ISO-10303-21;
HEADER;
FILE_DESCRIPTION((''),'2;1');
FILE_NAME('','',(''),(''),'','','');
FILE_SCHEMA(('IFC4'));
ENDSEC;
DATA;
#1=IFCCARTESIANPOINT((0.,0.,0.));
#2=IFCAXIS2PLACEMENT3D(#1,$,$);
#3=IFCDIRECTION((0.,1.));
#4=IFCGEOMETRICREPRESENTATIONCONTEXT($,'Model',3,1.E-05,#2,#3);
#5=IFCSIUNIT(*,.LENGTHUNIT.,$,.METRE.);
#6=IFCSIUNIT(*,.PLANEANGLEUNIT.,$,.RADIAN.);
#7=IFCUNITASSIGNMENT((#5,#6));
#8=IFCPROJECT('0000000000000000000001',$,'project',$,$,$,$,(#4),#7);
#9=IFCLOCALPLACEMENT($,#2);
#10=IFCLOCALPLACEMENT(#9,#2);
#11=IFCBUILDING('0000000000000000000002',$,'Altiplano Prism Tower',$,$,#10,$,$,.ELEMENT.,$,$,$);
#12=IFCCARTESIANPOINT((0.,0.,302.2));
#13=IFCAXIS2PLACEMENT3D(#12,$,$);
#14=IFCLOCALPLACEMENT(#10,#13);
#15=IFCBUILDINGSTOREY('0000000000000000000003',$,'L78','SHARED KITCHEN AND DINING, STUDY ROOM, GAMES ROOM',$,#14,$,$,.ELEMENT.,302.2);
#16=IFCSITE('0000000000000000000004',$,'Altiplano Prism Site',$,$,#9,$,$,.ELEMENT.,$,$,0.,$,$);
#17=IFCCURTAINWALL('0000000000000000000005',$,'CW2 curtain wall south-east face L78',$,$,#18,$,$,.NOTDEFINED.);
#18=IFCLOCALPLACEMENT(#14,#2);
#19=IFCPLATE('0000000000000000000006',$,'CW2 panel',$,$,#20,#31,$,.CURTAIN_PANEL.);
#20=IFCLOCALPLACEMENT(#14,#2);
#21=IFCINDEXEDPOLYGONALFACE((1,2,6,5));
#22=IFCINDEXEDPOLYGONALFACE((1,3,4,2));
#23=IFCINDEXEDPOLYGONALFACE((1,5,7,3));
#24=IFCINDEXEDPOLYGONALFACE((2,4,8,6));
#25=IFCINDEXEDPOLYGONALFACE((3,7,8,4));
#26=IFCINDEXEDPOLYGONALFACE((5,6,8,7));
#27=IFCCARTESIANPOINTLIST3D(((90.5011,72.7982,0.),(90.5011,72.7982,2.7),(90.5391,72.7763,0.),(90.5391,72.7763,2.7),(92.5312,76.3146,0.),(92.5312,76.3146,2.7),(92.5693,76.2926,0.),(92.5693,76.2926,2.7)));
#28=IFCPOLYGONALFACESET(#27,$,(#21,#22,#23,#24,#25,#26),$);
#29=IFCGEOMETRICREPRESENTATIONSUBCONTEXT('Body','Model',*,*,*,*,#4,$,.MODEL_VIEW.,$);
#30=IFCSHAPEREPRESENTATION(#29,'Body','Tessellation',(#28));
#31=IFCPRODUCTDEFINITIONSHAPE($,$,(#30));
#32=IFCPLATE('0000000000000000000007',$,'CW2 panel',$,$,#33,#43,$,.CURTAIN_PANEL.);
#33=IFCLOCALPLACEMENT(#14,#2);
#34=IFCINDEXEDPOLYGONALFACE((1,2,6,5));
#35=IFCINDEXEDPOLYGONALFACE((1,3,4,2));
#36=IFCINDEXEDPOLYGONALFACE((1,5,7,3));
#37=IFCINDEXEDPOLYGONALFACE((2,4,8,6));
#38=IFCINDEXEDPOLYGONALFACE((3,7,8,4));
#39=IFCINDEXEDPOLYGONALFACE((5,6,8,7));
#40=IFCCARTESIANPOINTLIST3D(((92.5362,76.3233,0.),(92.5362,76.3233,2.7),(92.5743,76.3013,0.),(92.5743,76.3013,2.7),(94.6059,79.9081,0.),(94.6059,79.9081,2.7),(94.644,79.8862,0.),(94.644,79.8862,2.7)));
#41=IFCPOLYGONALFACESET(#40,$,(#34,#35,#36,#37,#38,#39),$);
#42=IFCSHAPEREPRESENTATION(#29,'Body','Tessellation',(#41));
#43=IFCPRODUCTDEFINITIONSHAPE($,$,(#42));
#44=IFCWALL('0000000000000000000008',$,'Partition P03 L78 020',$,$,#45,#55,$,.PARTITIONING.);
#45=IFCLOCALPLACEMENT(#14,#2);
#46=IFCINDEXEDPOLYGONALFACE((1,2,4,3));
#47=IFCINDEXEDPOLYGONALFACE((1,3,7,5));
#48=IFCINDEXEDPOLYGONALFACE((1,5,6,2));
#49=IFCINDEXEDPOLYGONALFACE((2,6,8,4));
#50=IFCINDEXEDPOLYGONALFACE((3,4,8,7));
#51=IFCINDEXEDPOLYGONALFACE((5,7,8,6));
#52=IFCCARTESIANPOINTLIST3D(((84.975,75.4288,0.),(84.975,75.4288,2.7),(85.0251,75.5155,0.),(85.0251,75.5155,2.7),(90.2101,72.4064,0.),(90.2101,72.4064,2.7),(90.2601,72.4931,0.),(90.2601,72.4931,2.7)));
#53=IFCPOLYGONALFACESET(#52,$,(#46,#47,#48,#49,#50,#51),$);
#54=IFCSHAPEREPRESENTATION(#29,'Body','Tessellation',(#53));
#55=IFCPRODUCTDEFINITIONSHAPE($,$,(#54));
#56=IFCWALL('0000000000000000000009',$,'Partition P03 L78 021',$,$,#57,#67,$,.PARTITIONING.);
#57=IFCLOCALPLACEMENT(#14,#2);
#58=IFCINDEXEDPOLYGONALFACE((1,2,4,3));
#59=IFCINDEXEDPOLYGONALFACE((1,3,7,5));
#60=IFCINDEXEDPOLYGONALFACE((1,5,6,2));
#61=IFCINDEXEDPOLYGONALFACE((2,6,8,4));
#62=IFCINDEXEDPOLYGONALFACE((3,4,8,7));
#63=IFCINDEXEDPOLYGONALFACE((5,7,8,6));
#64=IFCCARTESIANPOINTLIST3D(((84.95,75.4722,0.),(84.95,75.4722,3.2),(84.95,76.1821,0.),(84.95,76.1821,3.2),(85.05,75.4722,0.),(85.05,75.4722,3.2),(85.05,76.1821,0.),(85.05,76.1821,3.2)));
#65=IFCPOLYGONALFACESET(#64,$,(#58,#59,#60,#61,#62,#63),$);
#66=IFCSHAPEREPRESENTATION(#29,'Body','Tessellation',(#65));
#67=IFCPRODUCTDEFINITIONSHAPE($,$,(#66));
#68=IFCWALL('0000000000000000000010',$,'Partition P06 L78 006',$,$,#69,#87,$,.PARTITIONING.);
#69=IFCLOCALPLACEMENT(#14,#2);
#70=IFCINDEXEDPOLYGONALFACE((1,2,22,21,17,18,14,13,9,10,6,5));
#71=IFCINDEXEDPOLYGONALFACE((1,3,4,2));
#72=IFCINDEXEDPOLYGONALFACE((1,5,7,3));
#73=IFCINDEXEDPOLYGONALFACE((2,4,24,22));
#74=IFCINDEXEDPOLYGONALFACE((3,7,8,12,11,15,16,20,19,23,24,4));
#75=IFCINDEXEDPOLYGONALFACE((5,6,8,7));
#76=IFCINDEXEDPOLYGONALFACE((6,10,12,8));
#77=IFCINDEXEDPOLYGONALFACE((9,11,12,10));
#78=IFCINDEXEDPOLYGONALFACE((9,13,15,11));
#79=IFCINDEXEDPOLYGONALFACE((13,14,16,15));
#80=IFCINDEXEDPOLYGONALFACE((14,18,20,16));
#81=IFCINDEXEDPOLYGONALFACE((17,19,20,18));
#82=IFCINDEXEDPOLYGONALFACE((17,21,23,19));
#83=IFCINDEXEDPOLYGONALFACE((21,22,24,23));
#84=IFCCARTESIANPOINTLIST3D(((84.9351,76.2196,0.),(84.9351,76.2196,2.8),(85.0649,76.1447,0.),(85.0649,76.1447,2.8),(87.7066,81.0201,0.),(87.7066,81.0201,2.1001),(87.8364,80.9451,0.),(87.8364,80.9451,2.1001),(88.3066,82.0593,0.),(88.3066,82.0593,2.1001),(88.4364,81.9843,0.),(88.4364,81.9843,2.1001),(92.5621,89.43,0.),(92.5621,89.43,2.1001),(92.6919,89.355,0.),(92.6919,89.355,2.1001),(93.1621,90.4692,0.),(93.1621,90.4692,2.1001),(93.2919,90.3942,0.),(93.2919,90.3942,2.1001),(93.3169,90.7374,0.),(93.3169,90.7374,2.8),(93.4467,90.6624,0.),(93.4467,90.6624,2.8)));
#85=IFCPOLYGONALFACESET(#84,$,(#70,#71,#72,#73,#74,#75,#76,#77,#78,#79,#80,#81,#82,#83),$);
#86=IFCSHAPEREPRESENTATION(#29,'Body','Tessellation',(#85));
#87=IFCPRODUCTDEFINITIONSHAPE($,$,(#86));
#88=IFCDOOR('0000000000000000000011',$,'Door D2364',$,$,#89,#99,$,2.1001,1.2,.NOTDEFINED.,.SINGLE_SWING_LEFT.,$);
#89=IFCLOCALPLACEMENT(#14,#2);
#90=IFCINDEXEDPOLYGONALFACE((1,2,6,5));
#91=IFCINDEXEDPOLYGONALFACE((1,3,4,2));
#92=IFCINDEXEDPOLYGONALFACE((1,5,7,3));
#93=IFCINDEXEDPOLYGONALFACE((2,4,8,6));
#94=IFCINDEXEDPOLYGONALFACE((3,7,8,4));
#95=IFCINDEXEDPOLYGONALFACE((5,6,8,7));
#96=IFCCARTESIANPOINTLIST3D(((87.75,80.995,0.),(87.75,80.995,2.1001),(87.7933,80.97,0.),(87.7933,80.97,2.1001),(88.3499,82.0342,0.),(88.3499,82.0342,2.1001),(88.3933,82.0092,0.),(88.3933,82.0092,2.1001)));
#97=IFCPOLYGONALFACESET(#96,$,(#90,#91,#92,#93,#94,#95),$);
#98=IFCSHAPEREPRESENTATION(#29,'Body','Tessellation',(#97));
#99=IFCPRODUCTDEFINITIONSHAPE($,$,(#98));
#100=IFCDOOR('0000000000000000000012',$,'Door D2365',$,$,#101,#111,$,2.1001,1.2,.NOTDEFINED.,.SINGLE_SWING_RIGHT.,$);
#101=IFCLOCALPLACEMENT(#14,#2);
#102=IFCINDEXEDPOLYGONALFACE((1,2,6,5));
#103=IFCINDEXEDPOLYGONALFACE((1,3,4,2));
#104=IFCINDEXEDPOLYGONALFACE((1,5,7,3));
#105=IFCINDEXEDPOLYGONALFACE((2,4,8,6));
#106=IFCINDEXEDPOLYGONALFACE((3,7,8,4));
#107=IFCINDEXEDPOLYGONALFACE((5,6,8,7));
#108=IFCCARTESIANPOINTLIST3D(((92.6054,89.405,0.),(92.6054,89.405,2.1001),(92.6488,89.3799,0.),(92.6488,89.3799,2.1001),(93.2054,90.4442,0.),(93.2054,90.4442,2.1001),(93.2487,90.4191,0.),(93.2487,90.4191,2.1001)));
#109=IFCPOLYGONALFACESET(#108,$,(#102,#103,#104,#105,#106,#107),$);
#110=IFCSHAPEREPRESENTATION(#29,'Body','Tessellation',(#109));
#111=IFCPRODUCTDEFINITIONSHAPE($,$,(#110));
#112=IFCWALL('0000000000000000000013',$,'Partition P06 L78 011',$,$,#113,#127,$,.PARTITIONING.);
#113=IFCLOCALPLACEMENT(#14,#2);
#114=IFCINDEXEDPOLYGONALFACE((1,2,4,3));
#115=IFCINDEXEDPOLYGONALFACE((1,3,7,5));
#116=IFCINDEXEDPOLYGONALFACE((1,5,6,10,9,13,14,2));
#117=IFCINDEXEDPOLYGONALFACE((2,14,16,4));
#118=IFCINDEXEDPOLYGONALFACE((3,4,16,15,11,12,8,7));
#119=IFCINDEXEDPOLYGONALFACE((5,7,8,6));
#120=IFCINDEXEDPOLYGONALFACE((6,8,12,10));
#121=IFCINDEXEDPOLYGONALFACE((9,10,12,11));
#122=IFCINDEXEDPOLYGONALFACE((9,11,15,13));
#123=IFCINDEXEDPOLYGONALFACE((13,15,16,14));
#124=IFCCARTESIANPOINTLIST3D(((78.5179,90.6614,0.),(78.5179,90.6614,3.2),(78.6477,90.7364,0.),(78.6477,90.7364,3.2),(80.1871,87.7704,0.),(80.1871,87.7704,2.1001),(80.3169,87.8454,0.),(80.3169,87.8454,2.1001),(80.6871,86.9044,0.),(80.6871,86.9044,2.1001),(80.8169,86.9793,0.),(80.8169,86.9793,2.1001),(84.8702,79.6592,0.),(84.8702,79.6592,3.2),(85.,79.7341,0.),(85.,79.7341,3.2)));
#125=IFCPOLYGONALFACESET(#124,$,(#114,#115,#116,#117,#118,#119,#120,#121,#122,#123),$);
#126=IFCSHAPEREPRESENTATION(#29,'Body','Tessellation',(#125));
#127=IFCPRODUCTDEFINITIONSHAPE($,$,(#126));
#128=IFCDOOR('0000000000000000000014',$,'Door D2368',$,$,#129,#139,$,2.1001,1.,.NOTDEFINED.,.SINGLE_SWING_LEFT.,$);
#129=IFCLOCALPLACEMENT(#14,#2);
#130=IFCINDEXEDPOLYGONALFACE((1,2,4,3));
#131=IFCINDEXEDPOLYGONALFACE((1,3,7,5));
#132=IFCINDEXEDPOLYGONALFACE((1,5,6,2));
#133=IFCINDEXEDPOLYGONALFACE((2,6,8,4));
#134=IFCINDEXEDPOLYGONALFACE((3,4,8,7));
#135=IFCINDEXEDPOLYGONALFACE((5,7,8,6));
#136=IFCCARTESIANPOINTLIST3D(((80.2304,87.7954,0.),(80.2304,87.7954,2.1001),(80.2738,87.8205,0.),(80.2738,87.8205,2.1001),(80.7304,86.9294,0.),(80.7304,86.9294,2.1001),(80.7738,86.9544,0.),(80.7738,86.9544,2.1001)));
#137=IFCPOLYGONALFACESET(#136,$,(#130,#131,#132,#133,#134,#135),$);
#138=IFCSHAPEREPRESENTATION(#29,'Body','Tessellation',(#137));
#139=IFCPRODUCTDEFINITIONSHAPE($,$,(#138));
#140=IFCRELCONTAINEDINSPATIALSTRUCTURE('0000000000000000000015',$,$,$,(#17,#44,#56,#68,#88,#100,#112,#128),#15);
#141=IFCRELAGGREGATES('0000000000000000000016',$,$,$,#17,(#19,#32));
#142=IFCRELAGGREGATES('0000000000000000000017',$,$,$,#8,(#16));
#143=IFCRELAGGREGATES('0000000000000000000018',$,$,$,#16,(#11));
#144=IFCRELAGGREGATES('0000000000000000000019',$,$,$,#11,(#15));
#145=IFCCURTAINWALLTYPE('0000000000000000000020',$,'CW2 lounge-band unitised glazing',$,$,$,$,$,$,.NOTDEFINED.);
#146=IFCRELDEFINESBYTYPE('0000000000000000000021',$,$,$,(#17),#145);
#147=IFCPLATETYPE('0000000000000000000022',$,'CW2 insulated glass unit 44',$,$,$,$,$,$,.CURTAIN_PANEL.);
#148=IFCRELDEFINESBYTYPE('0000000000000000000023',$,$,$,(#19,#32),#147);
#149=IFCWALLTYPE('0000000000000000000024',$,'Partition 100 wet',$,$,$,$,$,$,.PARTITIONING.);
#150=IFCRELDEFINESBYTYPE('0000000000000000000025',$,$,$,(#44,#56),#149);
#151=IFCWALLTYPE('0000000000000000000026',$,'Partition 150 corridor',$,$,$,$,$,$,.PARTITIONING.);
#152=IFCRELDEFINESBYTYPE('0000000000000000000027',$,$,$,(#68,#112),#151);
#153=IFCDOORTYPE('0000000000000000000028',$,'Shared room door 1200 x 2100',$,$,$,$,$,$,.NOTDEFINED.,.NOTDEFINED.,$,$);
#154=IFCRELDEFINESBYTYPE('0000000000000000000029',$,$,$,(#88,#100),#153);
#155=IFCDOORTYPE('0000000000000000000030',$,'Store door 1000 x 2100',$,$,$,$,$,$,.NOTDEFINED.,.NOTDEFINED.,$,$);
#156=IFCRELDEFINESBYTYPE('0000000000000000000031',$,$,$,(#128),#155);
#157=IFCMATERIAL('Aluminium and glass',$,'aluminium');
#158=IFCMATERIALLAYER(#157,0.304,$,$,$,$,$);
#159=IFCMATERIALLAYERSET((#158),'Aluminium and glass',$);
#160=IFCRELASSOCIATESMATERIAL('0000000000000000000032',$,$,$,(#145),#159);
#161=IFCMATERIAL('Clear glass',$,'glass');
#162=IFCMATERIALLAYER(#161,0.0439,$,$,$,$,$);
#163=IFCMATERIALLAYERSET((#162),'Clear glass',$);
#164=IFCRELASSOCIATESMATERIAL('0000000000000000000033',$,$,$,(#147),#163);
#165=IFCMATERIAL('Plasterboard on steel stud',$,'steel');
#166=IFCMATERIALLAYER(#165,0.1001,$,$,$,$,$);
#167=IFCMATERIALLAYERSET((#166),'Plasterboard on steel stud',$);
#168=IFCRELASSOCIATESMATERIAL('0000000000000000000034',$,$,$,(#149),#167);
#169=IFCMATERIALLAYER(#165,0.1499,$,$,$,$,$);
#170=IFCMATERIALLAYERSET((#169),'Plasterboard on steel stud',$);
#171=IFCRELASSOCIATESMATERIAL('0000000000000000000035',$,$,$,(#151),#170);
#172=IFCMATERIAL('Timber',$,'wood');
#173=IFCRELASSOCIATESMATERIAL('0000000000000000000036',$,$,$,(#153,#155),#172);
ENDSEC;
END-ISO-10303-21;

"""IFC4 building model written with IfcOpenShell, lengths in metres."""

from ifc_helpers import new_model, si_unit, direction, frame, frame_2d, origin, origin_2d, place, context, subcontext, project, spatial, rectangle, extrude, material, layer, layer_set, type_object, element, fill, aggregate, save


model = new_model("IFC4")

# Units and contexts
model_context = context("Model", 3, precision=1e-05, world=origin(), true_north=direction((0.0, 1.0)))
body_context = subcontext(model_context, "Body", "Model", "MODEL_VIEW")
ifc_project = project(units=[si_unit("LENGTHUNIT", "METRE"), si_unit("PLANEANGLEUNIT", "RADIAN")], contexts=[model_context])

# Site, building, storey
site_placement = place(None, origin())
site = spatial("IfcSite", under=ifc_project, at=site_placement, Name="Altiplano Prism Site", CompositionType="ELEMENT", RefElevation=0.0)
building_placement = place(site_placement, origin())
building = spatial("IfcBuilding", under=site, at=building_placement, Name="Altiplano Prism Tower", CompositionType="ELEMENT")
storey_placement = place(building_placement, frame((0.0, 0.0, 302.2)))
storey = spatial("IfcBuildingStorey", under=building, at=storey_placement, Name="L78", Description="SHARED KITCHEN AND DINING, STUDY ROOM, GAMES ROOM", CompositionType="ELEMENT", Elevation=302.2)

# Curtain wall
ifc_material_1 = material(Name="Aluminium and glass", Category="aluminium")
ifc_layer_1 = layer(ifc_material_1, 0.304)
ifc_layer_set_1 = layer_set([ifc_layer_1], Name="Aluminium and glass")
curtain_wall_type = type_object("IfcCurtainWallType", Name="CW2 lounge-band unitised glazing", PredefinedType="NOTDEFINED", material=ifc_layer_set_1)
curtain_wall_1_placement = place(storey_placement, origin())
curtain_wall_1 = element("IfcCurtainWall", 1, at=curtain_wall_1_placement, inside=storey, type_object=curtain_wall_type, Name="CW2 curtain wall south-east face L78", PredefinedType="NOTDEFINED")

# Shared definitions
ifc_material_2 = material(Name="Clear glass", Category="glass")
ifc_layer_2 = layer(ifc_material_2, 0.0439)
ifc_layer_set_2 = layer_set([ifc_layer_2], Name="Clear glass")
plate_type = type_object("IfcPlateType", Name="CW2 insulated glass unit 44", PredefinedType="CURTAIN_PANEL", material=ifc_layer_set_2)

# Plates
plate_1_placement = place(storey_placement, frame((91.5352, 74.5454, 0.0), z_axis=(0.0, 0.0, 1.0), x_axis=(0.5, 0.866025, 0.0)))
plate_1 = element("IfcPlate", 2, at=plate_1_placement, type_object=plate_type, Name="CW2 panel", PredefinedType="CURTAIN_PANEL", context=body_context, shape_type="SweptSolid", body=[
    extrude(rectangle(XDim=4.0603, YDim=0.0439, at=origin_2d()), origin(), (0.0, 0.0, 1.0), 2.7),
])
plate_2_placement = place(storey_placement, frame((93.5901, 78.1047, 0.0), z_axis=(0.0, 0.0, 1.0), x_axis=(0.5, 0.866025, 0.0)))
plate_2 = element("IfcPlate", 3, at=plate_2_placement, type_object=plate_type, Name="CW2 panel", PredefinedType="CURTAIN_PANEL", context=body_context, shape_type="SweptSolid", body=[
    extrude(rectangle(XDim=4.1394, YDim=0.0439, at=origin_2d()), origin(), (0.0, 0.0, 1.0), 2.7),
])
aggregate(curtain_wall_1, [plate_1, plate_2])

# Walls
ifc_material_3 = material(Name="Plasterboard on steel stud", Category="steel")
ifc_layer_3 = layer(ifc_material_3, 0.1001)
ifc_layer_set_3 = layer_set([ifc_layer_3], Name="Plasterboard on steel stud")
wall_type_1 = type_object("IfcWallType", Name="Partition 100 wet", PredefinedType="PARTITIONING", material=ifc_layer_set_3)
wall_1_placement = place(storey_placement, frame((90.2351, 72.4497, 0.0), z_axis=(0.0, 0.0, 1.0), x_axis=(-0.866028, 0.499996, 0.0)))
element("IfcWall", 4, at=wall_1_placement, inside=storey, type_object=wall_type_1, Name="Partition P03 L78 020", PredefinedType="PARTITIONING", context=body_context, shape_type="SweptSolid", body=[
    extrude(rectangle(XDim=6.0449, YDim=0.1001, at=frame_2d((3.0225, 0.0))), origin(), (0.0, 0.0, 1.0), 2.7),
])
wall_2_placement = place(storey_placement, frame((85.0, 75.4722, 0.0), z_axis=(0.0, 0.0, 1.0), x_axis=(0.0, 1.0, 0.0)))
element("IfcWall", 5, at=wall_2_placement, inside=storey, type_object=wall_type_1, Name="Partition P03 L78 021", PredefinedType="PARTITIONING", context=body_context, shape_type="SweptSolid", body=[
    extrude(rectangle(XDim=0.71, YDim=0.1001, at=frame_2d((0.355, 0.0))), origin(), (0.0, 0.0, 1.0), 3.2),
])

# Wall, openings, doors
ifc_layer_4 = layer(ifc_material_3, 0.1499)
ifc_layer_set_4 = layer_set([ifc_layer_4], Name="Plasterboard on steel stud")
wall_type_2 = type_object("IfcWallType", Name="Partition 150 corridor", PredefinedType="PARTITIONING", material=ifc_layer_set_4)
wall_3_placement = place(storey_placement, frame((85.0, 76.1821, 0.0), z_axis=(0.0, 0.0, 1.0), x_axis=(0.499999, 0.866026, 0.0)))
wall_3 = element("IfcWall", 6, at=wall_3_placement, inside=storey, type_object=wall_type_2, Name="Partition P06 L78 006", PredefinedType="PARTITIONING", context=body_context, shape_type="SweptSolid", body=[
    extrude(rectangle(XDim=16.7637, YDim=0.1499, at=frame_2d((8.3818, 0.0))), origin(), (0.0, 0.0, 1.0), 2.8),
])
opening_1_placement = place(wall_3_placement, frame((5.543, 0.0, 0.0)))
opening_1 = element("IfcOpeningElement", 7, at=opening_1_placement, cuts=wall_3, PredefinedType="OPENING", context=body_context, shape_type="SweptSolid", body=[
    extrude(rectangle(XDim=1.2, YDim=2.1001, at=frame_2d((0.6001, 1.05))), frame((0.0, 0.0854, 0.0), z_axis=(0.0, -1.0, 0.0), x_axis=(1.0, 0.0, 0.0)), (0.0, 0.0, 1.0), 0.1709),
])
opening_2_placement = place(wall_3_placement, frame((15.2539, 0.0, 0.0)))
opening_2 = element("IfcOpeningElement", 8, at=opening_2_placement, cuts=wall_3, PredefinedType="OPENING", context=body_context, shape_type="SweptSolid", body=[
    extrude(rectangle(XDim=1.2, YDim=2.1001, at=frame_2d((0.6001, 1.05))), frame((0.0, 0.0854, 0.0), z_axis=(0.0, -1.0, 0.0), x_axis=(1.0, 0.0, 0.0)), (0.0, 0.0, 1.0), 0.1709),
])
ifc_material_4 = material(Name="Timber", Category="wood")
door_type_1 = type_object("IfcDoorType", Name="Shared room door 1200 x 2100", OperationType="NOTDEFINED", PredefinedType="NOTDEFINED", material=ifc_material_4)
door_1_placement = place(opening_1_placement, origin())
door_1 = element("IfcDoor", 9, at=door_1_placement, inside=storey, type_object=door_type_1, Name="Door D2364", OperationType="SINGLE_SWING_LEFT", OverallHeight=2.1001, OverallWidth=1.2, PredefinedType="NOTDEFINED", context=body_context, shape_type="SweptSolid", body=[
    extrude(rectangle(XDim=1.2, YDim=2.1001, at=frame_2d((0.6001, 1.05))), frame((0.0, 0.0249, 0.0), z_axis=(0.0, -1.0, 0.0), x_axis=(1.0, 0.0, 0.0)), (0.0, 0.0, 1.0), 0.05),
])
fill(opening_1, door_1)
door_2_placement = place(opening_2_placement, origin())
door_2 = element("IfcDoor", 10, at=door_2_placement, inside=storey, type_object=door_type_1, Name="Door D2365", OperationType="SINGLE_SWING_RIGHT", OverallHeight=2.1001, OverallWidth=1.2, PredefinedType="NOTDEFINED", context=body_context, shape_type="SweptSolid", body=[
    extrude(rectangle(XDim=1.2, YDim=2.1001, at=frame_2d((0.6001, 1.05))), frame((0.0, 0.0249, 0.0), z_axis=(0.0, -1.0, 0.0), x_axis=(1.0, 0.0, 0.0)), (0.0, 0.0, 1.0), 0.05),
])
fill(opening_2, door_2)

# Wall, opening, door
wall_4_placement = place(storey_placement, frame((84.9351, 79.6968, 0.0), z_axis=(0.0, 0.0, 1.0), x_axis=(-0.50001, 0.866019, 0.0)))
wall_4 = element("IfcWall", 11, at=wall_4_placement, inside=storey, type_object=wall_type_2, Name="Partition P06 L78 011", PredefinedType="PARTITIONING", context=body_context, shape_type="SweptSolid", body=[
    extrude(rectangle(XDim=12.7043, YDim=0.1499, at=frame_2d((6.3521, 0.0))), origin(), (0.0, 0.0, 1.0), 3.2),
])
opening_3_placement = place(wall_4_placement, frame((8.366, 0.0, 0.0)))
opening_3 = element("IfcOpeningElement", 12, at=opening_3_placement, cuts=wall_4, PredefinedType="OPENING", context=body_context, shape_type="SweptSolid", body=[
    extrude(rectangle(XDim=1.0, YDim=2.1001, at=frame_2d((0.5, 1.05))), frame((0.0, 0.0854, 0.0), z_axis=(0.0, -1.0, 0.0), x_axis=(1.0, 0.0, 0.0)), (0.0, 0.0, 1.0), 0.1709),
])
door_type_2 = type_object("IfcDoorType", Name="Store door 1000 x 2100", OperationType="NOTDEFINED", PredefinedType="NOTDEFINED", material=ifc_material_4)
door_3_placement = place(opening_3_placement, origin())
door_3 = element("IfcDoor", 13, at=door_3_placement, inside=storey, type_object=door_type_2, Name="Door D2368", OperationType="SINGLE_SWING_LEFT", OverallHeight=2.1001, OverallWidth=1.0, PredefinedType="NOTDEFINED", context=body_context, shape_type="SweptSolid", body=[
    extrude(rectangle(XDim=1.0, YDim=2.1001, at=frame_2d((0.5, 1.05))), frame((0.0, 0.0249, 0.0), z_axis=(0.0, -1.0, 0.0), x_axis=(1.0, 0.0, 0.0)), (0.0, 0.0, 1.0), 0.05),
])
fill(opening_3, door_3)

save(model, "model.ifc")
